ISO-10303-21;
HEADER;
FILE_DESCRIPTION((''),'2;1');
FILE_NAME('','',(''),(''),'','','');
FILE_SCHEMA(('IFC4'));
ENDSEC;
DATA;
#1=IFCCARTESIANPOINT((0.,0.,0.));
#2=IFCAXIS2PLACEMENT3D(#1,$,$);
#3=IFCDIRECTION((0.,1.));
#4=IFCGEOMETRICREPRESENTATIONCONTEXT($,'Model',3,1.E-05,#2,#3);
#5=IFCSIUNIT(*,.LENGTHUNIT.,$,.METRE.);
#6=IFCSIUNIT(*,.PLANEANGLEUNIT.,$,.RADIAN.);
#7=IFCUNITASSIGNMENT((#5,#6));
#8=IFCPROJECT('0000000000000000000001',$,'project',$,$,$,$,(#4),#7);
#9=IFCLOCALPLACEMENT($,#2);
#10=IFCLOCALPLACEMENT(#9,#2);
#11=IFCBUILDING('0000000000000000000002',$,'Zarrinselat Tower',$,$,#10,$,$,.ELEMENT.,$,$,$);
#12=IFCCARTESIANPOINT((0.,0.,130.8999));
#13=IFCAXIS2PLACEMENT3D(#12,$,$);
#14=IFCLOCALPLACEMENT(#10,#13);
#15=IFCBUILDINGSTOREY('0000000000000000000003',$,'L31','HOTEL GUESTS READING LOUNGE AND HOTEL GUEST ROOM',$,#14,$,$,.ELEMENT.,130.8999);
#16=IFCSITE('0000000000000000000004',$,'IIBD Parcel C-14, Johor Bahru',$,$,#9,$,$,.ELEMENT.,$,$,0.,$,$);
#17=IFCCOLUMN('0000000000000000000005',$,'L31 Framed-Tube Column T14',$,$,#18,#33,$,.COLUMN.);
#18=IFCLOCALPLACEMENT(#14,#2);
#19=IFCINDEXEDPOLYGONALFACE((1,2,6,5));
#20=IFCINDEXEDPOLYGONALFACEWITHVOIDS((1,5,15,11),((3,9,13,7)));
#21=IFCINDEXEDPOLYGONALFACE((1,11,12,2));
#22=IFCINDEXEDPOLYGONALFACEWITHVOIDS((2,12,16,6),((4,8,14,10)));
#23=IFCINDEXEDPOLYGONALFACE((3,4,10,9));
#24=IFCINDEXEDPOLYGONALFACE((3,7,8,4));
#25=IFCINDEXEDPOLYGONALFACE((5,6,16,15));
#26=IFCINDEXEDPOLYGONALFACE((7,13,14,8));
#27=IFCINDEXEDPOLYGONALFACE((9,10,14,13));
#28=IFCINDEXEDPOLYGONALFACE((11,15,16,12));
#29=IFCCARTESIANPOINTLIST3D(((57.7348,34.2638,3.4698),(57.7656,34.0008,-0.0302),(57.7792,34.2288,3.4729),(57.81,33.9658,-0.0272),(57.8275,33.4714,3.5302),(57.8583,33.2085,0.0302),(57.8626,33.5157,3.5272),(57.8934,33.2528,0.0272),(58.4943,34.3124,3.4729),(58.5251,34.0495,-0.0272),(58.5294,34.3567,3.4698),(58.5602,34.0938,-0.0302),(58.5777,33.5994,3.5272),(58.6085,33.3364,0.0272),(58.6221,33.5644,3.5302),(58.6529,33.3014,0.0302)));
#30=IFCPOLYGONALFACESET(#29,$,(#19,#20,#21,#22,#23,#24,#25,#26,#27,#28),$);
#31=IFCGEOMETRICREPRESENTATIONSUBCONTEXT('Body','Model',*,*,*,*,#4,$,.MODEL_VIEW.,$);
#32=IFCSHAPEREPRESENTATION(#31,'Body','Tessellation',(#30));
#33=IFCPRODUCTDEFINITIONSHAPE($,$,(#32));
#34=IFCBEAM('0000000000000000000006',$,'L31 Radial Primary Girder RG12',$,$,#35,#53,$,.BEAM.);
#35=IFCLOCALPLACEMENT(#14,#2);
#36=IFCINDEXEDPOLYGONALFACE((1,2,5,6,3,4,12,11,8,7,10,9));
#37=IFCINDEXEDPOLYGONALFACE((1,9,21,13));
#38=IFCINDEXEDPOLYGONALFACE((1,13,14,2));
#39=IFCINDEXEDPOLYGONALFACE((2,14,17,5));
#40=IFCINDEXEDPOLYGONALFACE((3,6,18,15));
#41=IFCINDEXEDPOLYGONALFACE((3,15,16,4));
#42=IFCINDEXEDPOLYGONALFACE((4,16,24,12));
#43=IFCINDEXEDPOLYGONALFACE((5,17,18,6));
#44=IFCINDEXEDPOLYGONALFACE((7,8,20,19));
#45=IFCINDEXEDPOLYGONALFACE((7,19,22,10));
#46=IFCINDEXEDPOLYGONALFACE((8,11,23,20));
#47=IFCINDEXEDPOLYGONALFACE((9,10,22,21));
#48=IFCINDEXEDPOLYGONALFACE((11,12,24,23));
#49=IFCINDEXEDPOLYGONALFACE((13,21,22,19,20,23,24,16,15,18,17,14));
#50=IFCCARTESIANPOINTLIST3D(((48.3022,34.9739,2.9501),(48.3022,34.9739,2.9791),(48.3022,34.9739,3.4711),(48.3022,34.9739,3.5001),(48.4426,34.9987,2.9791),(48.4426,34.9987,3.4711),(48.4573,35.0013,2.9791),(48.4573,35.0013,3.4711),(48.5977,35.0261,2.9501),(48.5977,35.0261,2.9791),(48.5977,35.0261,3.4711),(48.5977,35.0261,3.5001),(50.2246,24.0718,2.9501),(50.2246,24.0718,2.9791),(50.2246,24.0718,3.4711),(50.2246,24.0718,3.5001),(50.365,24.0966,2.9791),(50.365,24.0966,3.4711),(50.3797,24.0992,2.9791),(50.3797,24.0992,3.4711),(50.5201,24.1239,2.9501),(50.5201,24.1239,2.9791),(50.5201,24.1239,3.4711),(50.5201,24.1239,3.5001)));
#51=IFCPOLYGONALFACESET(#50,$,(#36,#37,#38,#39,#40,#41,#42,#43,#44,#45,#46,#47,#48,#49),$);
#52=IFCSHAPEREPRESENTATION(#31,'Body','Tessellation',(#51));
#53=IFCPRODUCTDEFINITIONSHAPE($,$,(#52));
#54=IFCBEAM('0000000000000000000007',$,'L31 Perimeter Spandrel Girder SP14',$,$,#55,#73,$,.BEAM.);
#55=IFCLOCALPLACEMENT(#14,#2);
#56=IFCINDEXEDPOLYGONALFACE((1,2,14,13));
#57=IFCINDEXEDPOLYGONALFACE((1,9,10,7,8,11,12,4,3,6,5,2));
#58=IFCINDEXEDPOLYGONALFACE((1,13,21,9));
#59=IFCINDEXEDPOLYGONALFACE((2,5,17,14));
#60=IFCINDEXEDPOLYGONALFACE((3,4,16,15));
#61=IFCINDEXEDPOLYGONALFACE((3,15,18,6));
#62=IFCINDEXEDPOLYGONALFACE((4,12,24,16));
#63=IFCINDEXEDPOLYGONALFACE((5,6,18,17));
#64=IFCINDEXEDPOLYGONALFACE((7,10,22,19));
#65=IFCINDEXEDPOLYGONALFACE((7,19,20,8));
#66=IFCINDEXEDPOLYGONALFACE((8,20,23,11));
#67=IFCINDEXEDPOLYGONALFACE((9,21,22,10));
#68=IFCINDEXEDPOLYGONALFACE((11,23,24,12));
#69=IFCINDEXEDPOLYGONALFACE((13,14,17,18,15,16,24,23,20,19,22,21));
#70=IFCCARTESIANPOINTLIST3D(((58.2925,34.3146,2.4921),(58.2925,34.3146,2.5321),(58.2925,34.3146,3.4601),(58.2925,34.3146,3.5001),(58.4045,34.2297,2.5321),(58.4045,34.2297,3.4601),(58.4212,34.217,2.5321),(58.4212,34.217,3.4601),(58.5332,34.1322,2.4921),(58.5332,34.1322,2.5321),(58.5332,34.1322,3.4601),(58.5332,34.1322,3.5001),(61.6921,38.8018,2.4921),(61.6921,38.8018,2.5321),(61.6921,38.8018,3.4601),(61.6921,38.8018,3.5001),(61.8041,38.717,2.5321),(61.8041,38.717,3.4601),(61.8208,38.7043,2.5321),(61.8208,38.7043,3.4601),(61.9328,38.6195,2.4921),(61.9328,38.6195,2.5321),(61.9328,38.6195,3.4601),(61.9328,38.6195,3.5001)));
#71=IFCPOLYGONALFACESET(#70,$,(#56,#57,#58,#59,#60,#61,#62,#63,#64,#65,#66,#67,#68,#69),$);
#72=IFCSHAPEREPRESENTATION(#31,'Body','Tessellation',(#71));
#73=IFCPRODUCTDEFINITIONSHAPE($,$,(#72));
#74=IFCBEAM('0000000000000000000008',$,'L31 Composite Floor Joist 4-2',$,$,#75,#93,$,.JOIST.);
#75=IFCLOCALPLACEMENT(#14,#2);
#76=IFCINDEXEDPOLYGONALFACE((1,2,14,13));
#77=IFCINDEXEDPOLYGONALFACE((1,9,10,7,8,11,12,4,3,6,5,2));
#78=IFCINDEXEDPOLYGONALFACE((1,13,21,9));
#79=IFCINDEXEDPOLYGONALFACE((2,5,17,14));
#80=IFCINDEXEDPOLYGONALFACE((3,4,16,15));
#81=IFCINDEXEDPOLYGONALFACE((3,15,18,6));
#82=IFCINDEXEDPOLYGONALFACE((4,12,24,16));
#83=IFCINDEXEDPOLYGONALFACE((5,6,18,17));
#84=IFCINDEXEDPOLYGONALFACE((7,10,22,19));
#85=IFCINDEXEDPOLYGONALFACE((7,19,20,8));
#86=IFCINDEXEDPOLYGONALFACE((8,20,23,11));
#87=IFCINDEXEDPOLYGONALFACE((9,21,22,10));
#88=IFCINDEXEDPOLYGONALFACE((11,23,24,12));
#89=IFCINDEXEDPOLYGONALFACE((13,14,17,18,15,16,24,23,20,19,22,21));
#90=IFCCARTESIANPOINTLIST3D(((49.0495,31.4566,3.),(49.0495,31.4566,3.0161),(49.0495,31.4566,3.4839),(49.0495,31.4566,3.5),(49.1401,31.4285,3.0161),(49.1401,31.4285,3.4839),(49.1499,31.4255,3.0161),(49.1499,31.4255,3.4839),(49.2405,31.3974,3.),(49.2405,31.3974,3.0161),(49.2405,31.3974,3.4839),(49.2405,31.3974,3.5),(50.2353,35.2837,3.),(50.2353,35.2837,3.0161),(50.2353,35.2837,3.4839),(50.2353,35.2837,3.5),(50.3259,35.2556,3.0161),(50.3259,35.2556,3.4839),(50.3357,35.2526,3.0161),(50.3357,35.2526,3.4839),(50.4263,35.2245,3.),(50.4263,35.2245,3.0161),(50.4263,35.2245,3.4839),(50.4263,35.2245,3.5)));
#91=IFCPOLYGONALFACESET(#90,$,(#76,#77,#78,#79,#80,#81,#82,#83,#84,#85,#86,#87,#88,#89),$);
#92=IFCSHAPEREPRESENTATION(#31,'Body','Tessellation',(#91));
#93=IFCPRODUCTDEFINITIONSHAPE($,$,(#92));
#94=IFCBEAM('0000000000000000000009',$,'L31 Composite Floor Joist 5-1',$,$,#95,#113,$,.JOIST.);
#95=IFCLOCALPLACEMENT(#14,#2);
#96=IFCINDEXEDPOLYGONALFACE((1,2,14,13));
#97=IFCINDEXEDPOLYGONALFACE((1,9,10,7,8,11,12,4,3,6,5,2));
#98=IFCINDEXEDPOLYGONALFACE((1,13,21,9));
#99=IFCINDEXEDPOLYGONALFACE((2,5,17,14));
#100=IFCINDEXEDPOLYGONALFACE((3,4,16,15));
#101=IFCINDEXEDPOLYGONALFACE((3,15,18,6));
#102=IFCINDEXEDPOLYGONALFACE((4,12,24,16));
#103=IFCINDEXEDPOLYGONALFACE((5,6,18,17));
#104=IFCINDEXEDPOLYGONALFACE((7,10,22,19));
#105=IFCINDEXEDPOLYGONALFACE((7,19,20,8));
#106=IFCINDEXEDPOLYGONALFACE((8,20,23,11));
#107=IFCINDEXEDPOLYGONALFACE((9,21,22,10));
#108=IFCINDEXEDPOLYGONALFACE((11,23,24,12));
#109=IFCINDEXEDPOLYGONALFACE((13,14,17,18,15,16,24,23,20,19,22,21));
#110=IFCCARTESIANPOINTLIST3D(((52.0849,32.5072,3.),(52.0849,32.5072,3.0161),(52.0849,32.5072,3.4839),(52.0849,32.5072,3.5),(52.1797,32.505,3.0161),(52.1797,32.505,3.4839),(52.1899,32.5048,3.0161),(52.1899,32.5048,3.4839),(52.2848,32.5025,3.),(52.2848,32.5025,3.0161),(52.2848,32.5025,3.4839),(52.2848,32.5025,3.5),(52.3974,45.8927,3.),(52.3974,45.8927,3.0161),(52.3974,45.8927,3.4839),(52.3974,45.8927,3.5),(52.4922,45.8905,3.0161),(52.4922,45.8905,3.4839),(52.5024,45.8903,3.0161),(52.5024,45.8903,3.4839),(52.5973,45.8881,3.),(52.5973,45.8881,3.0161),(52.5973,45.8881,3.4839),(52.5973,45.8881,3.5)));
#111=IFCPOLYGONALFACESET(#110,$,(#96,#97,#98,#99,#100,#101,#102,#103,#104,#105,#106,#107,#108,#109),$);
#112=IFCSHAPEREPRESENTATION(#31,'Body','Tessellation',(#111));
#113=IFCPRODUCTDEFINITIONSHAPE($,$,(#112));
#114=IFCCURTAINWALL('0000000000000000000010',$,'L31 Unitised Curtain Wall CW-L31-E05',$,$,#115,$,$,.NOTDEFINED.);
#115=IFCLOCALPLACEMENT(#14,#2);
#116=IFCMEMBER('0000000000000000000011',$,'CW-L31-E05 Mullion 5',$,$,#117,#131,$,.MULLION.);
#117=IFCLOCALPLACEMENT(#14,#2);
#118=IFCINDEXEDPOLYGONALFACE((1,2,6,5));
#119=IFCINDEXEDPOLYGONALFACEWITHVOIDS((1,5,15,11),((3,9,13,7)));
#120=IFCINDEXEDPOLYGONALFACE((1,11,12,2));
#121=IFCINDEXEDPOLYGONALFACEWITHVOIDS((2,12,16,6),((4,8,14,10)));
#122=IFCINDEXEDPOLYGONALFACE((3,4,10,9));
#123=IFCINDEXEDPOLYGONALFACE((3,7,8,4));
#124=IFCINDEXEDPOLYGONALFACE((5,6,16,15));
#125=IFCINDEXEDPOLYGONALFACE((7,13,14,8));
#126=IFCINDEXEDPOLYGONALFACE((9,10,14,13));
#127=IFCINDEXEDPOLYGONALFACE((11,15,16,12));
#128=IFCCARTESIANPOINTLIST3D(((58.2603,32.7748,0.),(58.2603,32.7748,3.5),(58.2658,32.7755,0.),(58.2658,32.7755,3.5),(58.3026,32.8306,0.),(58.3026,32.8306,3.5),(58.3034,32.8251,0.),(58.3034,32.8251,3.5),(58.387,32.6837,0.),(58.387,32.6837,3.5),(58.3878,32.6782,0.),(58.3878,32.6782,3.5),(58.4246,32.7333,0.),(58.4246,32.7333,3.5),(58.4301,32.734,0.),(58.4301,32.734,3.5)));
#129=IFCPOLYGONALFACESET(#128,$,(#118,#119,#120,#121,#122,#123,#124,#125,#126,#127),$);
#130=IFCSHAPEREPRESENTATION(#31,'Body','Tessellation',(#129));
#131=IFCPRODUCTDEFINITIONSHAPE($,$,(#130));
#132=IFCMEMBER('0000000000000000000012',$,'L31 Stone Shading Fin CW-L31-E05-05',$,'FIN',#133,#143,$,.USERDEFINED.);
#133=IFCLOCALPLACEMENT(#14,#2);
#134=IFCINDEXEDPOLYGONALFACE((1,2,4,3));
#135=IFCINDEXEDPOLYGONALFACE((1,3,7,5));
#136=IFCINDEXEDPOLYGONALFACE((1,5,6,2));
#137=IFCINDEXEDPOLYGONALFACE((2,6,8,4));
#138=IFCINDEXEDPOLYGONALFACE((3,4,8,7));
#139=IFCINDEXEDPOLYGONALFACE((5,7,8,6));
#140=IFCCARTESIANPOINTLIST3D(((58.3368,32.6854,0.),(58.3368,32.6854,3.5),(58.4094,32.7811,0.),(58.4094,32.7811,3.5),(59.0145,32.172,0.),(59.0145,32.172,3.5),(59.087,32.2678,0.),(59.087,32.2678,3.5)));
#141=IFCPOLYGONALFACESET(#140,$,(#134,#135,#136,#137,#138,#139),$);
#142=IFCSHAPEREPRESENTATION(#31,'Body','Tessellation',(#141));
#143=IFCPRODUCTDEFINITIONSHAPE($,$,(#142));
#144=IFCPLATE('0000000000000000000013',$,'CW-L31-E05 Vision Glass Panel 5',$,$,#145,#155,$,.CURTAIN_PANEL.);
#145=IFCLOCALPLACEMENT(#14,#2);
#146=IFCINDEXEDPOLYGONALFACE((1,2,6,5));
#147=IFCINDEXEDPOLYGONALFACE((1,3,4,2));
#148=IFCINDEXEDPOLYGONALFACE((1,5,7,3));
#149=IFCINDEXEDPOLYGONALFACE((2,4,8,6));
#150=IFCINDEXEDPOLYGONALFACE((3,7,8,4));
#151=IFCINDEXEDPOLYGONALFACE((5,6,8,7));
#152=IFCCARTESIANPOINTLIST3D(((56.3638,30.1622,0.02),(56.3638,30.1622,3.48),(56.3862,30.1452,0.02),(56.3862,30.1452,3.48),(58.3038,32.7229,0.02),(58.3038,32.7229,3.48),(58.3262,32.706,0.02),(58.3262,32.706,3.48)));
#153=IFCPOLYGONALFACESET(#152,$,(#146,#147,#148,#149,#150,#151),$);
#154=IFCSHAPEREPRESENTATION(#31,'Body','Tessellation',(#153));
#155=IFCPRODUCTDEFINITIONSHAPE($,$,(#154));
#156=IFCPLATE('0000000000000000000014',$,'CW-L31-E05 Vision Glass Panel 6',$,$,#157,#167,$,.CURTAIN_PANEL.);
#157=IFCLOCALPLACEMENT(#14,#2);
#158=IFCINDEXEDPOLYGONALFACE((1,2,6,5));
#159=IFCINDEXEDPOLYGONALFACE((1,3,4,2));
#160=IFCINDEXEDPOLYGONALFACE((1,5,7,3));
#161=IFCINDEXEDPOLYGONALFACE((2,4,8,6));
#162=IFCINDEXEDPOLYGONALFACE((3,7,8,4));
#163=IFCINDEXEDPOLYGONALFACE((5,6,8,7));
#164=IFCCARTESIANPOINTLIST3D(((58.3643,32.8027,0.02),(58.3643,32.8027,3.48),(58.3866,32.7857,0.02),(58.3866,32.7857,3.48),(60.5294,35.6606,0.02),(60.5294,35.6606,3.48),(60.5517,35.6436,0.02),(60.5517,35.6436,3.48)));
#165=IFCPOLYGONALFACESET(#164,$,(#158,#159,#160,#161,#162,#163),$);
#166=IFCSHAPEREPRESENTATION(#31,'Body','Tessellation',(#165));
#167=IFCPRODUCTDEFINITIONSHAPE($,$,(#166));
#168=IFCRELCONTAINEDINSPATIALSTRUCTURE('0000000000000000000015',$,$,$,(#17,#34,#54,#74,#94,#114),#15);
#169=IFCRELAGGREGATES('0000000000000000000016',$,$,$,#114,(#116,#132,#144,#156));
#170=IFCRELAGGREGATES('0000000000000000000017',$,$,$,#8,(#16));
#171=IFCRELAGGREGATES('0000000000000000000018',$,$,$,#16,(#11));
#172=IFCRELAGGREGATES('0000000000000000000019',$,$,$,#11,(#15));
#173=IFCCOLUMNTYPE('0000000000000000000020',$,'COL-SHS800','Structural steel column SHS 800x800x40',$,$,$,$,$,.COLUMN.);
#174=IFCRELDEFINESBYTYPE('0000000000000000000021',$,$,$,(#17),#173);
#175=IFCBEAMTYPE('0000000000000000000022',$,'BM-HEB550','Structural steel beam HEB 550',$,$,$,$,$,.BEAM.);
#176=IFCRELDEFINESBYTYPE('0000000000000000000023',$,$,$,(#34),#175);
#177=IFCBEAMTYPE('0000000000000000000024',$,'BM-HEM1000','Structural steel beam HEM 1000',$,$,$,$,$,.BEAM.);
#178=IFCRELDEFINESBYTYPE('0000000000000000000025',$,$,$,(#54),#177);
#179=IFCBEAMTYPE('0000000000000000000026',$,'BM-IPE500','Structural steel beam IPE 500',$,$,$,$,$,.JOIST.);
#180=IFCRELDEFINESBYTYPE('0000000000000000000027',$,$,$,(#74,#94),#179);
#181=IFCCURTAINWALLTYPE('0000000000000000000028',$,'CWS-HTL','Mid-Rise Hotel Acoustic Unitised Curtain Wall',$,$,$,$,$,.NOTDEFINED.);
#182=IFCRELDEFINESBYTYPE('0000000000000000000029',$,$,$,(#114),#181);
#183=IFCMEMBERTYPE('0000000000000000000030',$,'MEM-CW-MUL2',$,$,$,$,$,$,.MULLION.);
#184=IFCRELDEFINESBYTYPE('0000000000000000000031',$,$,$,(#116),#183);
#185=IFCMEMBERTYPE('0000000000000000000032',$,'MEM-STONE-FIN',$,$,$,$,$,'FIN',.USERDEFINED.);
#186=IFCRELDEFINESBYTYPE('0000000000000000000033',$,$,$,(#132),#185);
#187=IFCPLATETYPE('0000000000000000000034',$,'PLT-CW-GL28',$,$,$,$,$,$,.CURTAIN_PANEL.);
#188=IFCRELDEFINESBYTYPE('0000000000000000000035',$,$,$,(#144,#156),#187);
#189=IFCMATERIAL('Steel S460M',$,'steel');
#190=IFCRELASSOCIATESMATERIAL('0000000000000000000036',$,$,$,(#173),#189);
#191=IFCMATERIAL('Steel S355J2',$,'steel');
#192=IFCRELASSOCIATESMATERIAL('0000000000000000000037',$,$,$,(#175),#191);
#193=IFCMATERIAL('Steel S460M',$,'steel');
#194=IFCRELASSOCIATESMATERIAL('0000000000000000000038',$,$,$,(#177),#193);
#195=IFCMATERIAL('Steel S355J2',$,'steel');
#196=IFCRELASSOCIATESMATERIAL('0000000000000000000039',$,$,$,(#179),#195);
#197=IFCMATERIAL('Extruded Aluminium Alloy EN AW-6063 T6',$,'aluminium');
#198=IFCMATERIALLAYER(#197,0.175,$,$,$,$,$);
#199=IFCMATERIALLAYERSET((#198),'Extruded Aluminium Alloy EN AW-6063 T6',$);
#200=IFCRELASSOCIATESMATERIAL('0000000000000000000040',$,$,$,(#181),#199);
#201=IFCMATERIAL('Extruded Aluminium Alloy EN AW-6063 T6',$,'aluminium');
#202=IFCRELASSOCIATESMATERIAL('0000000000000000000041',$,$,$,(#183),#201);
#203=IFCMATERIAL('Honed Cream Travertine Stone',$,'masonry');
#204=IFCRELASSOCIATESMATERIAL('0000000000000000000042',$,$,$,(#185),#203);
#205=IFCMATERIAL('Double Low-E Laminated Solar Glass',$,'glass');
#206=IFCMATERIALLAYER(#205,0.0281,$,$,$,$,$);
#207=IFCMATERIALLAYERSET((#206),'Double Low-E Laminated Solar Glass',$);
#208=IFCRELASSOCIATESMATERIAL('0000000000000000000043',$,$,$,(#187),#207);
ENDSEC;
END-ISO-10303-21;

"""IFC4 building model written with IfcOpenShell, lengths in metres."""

from ifc_helpers import new_model, si_unit, direction, frame, origin, origin_2d, place, context, subcontext, project, spatial, rectangle, hollow_rectangle, i_section, extrude, material, layer, layer_set, material_profile, profile_set, type_object, element, aggregate, save


model = new_model("IFC4")

# Units and contexts
model_context = context("Model", 3, precision=1e-05, world=origin(), true_north=direction((0.0, 1.0)))
body_context = subcontext(model_context, "Body", "Model", "MODEL_VIEW")
ifc_project = project(units=[si_unit("LENGTHUNIT", "METRE"), si_unit("PLANEANGLEUNIT", "RADIAN")], contexts=[model_context])

# Site, building, storey
site_placement = place(None, origin())
site = spatial("IfcSite", under=ifc_project, at=site_placement, Name="IIBD Parcel C-14, Johor Bahru", CompositionType="ELEMENT", RefElevation=0.0)
building_placement = place(site_placement, origin())
building = spatial("IfcBuilding", under=site, at=building_placement, Name="Zarrinselat Tower", CompositionType="ELEMENT")
storey_placement = place(building_placement, frame((0.0, 0.0, 130.8999)))
storey = spatial("IfcBuildingStorey", under=building, at=storey_placement, Name="L31", Description="HOTEL GUESTS READING LOUNGE AND HOTEL GUEST ROOM", CompositionType="ELEMENT", Elevation=130.8999)

# Column
ifc_material_1 = material(Name="Steel S460M", Category="steel")
ifc_material_profile_1 = material_profile(ifc_material_1, hollow_rectangle(XDim=0.8, YDim=0.8, WallThickness=0.04, at=origin_2d()), Name="SHS 800x800x40")
ifc_profile_set_1 = profile_set([ifc_material_profile_1], Name="Steel S460M")
column_type = type_object("IfcColumnType", Name="COL-SHS800", Description="Structural steel column SHS 800x800x40", PredefinedType="COLUMN", material=ifc_profile_set_1)
column_placement = place(storey_placement, frame((58.2092, 33.6511, 0.0), z_axis=(-0.008764, 0.074912, 0.997152), x_axis=(-0.993226, -0.116199, 0.0)))
element("IfcColumn", 1, at=column_placement, inside=storey, type_object=column_type, Name="L31 Framed-Tube Column T14", PredefinedType="COLUMN", context=body_context, shape_type="SweptSolid", body=[
    extrude(hollow_rectangle(XDim=0.8, YDim=0.8, WallThickness=0.04, at=origin_2d()), origin(), (0.0, 0.0, 1.0), 3.51),
])

# Beams
ifc_material_2 = material(Name="Steel S355J2", Category="steel")
ifc_material_profile_2 = material_profile(ifc_material_2, i_section(OverallWidth=0.3, OverallDepth=0.55, WebThickness=0.0149, FlangeThickness=0.0291, at=origin_2d()), Name="HEB 550")
ifc_profile_set_2 = profile_set([ifc_material_profile_2], Name="Steel S355J2")
beam_type_1 = type_object("IfcBeamType", Name="BM-HEB550", Description="Structural steel beam HEB 550", PredefinedType="BEAM", material=ifc_profile_set_2)
beam_1_placement = place(storey_placement, frame((48.45, 35.0, 3.2251), z_axis=(0.173651, -0.984807, 0.0), x_axis=(0.984807, 0.173651, 0.0)))
element("IfcBeam", 2, at=beam_1_placement, inside=storey, type_object=beam_type_1, Name="L31 Radial Primary Girder RG12", PredefinedType="BEAM", context=body_context, shape_type="SweptSolid", body=[
    extrude(i_section(OverallWidth=0.3, OverallDepth=0.55, WebThickness=0.0149, FlangeThickness=0.0291, at=origin_2d()), origin(), (0.0, 0.0, 1.0), 11.0703),
])
ifc_material_3 = material(Name="Steel S460M", Category="steel")
ifc_material_profile_3 = material_profile(ifc_material_3, i_section(OverallWidth=0.302, OverallDepth=1.0081, WebThickness=0.021, FlangeThickness=0.04, at=origin_2d()), Name="HEM 1000")
ifc_profile_set_3 = profile_set([ifc_material_profile_3], Name="Steel S460M")
beam_type_2 = type_object("IfcBeamType", Name="BM-HEM1000", Description="Structural steel beam HEM 1000", PredefinedType="BEAM", material=ifc_profile_set_3)
beam_2_placement = place(storey_placement, frame((58.4128, 34.2234, 2.9961), z_axis=(0.603879, 0.797076, 0.0), x_axis=(-0.797076, 0.603879, 0.0)))
element("IfcBeam", 3, at=beam_2_placement, inside=storey, type_object=beam_type_2, Name="L31 Perimeter Spandrel Girder SP14", PredefinedType="BEAM", context=body_context, shape_type="SweptSolid", body=[
    extrude(i_section(OverallWidth=0.302, OverallDepth=1.0081, WebThickness=0.021, FlangeThickness=0.04, at=origin_2d()), origin(), (0.0, 0.0, 1.0), 5.6296),
])
ifc_material_4 = material(Name="Steel S355J2", Category="steel")
ifc_material_profile_4 = material_profile(ifc_material_4, i_section(OverallWidth=0.2, OverallDepth=0.5, WebThickness=0.0103, FlangeThickness=0.0161, at=origin_2d()), Name="IPE 500")
ifc_profile_set_4 = profile_set([ifc_material_profile_4], Name="Steel S355J2")
beam_type_3 = type_object("IfcBeamType", Name="BM-IPE500", Description="Structural steel beam IPE 500", PredefinedType="JOIST", material=ifc_profile_set_4)
beam_3_placement = place(storey_placement, frame((49.145, 31.427, 3.25), z_axis=(0.295956, 0.955201, 0.0), x_axis=(-0.955201, 0.295956, 0.0)))
element("IfcBeam", 4, at=beam_3_placement, inside=storey, type_object=beam_type_3, Name="L31 Composite Floor Joist 4-2", PredefinedType="JOIST", context=body_context, shape_type="SweptSolid", body=[
    extrude(i_section(OverallWidth=0.2, OverallDepth=0.5, WebThickness=0.0103, FlangeThickness=0.0161, at=origin_2d()), origin(), (0.0, 0.0, 1.0), 4.0066),
])
beam_4_placement = place(storey_placement, frame((52.1848, 32.5049, 3.25), z_axis=(0.02334, 0.999728, 0.0), x_axis=(-0.999728, 0.02334, 0.0)))
element("IfcBeam", 5, at=beam_4_placement, inside=storey, type_object=beam_type_3, Name="L31 Composite Floor Joist 5-1", PredefinedType="JOIST", context=body_context, shape_type="SweptSolid", body=[
    extrude(i_section(OverallWidth=0.2, OverallDepth=0.5, WebThickness=0.0103, FlangeThickness=0.0161, at=origin_2d()), origin(), (0.0, 0.0, 1.0), 13.3892),
])

# Curtain wall, members, plates
ifc_material_5 = material(Name="Extruded Aluminium Alloy EN AW-6063 T6", Category="aluminium")
ifc_layer_1 = layer(ifc_material_5, 0.175)
ifc_layer_set_1 = layer_set([ifc_layer_1], Name="Extruded Aluminium Alloy EN AW-6063 T6")
curtain_wall_type = type_object("IfcCurtainWallType", Name="CWS-HTL", Description="Mid-Rise Hotel Acoustic Unitised Curtain Wall", PredefinedType="NOTDEFINED", material=ifc_layer_set_1)
curtain_wall_placement = place(storey_placement, origin())
curtain_wall = element("IfcCurtainWall", 6, at=curtain_wall_placement, inside=storey, type_object=curtain_wall_type, Name="L31 Unitised Curtain Wall CW-L31-E05", PredefinedType="NOTDEFINED")
ifc_material_6 = material(Name="Extruded Aluminium Alloy EN AW-6063 T6", Category="aluminium")
ifc_material_profile_5 = material_profile(ifc_material_6, hollow_rectangle(XDim=0.0701, YDim=0.1599, WallThickness=0.0039, at=origin_2d()), Name="RHS 160x70x4")
ifc_profile_set_5 = profile_set([ifc_material_profile_5], Name="Extruded Aluminium Alloy EN AW-6063 T6")
member_type_1 = type_object("IfcMemberType", Name="MEM-CW-MUL2", PredefinedType="MULLION", material=ifc_profile_set_5)
member_1_placement = place(storey_placement, frame((58.3452, 32.7544, 0.0), z_axis=(0.0, 0.0, 1.0), x_axis=(0.603858, 0.797092, 0.0)))
member_1 = element("IfcMember", 7, at=member_1_placement, type_object=member_type_1, Name="CW-L31-E05 Mullion 5", PredefinedType="MULLION", context=body_context, shape_type="SweptSolid", body=[
    extrude(hollow_rectangle(XDim=0.0701, YDim=0.1599, WallThickness=0.0039, at=origin_2d()), origin(), (0.0, 0.0, 1.0), 3.5),
])
ifc_material_7 = material(Name="Honed Cream Travertine Stone", Category="masonry")
ifc_material_profile_6 = material_profile(ifc_material_7, rectangle(XDim=0.1201, YDim=0.8501, at=origin_2d()), Name="FIN 850x120")
ifc_profile_set_6 = profile_set([ifc_material_profile_6], Name="Honed Cream Travertine Stone")
member_type_2 = type_object("IfcMemberType", Name="MEM-STONE-FIN", ElementType="FIN", PredefinedType="USERDEFINED", material=ifc_profile_set_6)
member_2_placement = place(storey_placement, frame((58.7119, 32.4766, 0.0), z_axis=(0.0, 0.0, 1.0), x_axis=(-0.603858, -0.797092, 0.0)))
member_2 = element("IfcMember", 8, at=member_2_placement, type_object=member_type_2, Name="L31 Stone Shading Fin CW-L31-E05-05", ObjectType="FIN", PredefinedType="USERDEFINED", context=body_context, shape_type="SweptSolid", body=[
    extrude(rectangle(XDim=0.1201, YDim=0.8501, at=origin_2d()), origin(), (0.0, 0.0, 1.0), 3.5),
])
ifc_material_8 = material(Name="Double Low-E Laminated Solar Glass", Category="glass")
ifc_layer_2 = layer(ifc_material_8, 0.0281)
ifc_layer_set_2 = layer_set([ifc_layer_2], Name="Double Low-E Laminated Solar Glass")
plate_type = type_object("IfcPlateType", Name="PLT-CW-GL28", PredefinedType="CURTAIN_PANEL", material=ifc_layer_set_2)
plate_1_placement = place(storey_placement, frame((57.345, 31.4341, 0.02), z_axis=(0.0, 0.0, 1.0), x_axis=(0.603858, 0.797092, 0.0)))
plate_1 = element("IfcPlate", 9, at=plate_1_placement, type_object=plate_type, Name="CW-L31-E05 Vision Glass Panel 5", PredefinedType="CURTAIN_PANEL", context=body_context, shape_type="SweptSolid", body=[
    extrude(rectangle(XDim=3.2126, YDim=0.0281, at=origin_2d()), origin(), (0.0, 0.0, 1.0), 3.46),
])
plate_2_placement = place(storey_placement, frame((59.458, 34.2231, 0.02), z_axis=(0.0, 0.0, 1.0), x_axis=(0.603858, 0.797092, 0.0)))
plate_2 = element("IfcPlate", 10, at=plate_2_placement, type_object=plate_type, Name="CW-L31-E05 Vision Glass Panel 6", PredefinedType="CURTAIN_PANEL", context=body_context, shape_type="SweptSolid", body=[
    extrude(rectangle(XDim=3.5854, YDim=0.0281, at=origin_2d()), origin(), (0.0, 0.0, 1.0), 3.46),
])
aggregate(curtain_wall, [member_1, member_2, plate_1, plate_2])

save(model, "model.ifc")
